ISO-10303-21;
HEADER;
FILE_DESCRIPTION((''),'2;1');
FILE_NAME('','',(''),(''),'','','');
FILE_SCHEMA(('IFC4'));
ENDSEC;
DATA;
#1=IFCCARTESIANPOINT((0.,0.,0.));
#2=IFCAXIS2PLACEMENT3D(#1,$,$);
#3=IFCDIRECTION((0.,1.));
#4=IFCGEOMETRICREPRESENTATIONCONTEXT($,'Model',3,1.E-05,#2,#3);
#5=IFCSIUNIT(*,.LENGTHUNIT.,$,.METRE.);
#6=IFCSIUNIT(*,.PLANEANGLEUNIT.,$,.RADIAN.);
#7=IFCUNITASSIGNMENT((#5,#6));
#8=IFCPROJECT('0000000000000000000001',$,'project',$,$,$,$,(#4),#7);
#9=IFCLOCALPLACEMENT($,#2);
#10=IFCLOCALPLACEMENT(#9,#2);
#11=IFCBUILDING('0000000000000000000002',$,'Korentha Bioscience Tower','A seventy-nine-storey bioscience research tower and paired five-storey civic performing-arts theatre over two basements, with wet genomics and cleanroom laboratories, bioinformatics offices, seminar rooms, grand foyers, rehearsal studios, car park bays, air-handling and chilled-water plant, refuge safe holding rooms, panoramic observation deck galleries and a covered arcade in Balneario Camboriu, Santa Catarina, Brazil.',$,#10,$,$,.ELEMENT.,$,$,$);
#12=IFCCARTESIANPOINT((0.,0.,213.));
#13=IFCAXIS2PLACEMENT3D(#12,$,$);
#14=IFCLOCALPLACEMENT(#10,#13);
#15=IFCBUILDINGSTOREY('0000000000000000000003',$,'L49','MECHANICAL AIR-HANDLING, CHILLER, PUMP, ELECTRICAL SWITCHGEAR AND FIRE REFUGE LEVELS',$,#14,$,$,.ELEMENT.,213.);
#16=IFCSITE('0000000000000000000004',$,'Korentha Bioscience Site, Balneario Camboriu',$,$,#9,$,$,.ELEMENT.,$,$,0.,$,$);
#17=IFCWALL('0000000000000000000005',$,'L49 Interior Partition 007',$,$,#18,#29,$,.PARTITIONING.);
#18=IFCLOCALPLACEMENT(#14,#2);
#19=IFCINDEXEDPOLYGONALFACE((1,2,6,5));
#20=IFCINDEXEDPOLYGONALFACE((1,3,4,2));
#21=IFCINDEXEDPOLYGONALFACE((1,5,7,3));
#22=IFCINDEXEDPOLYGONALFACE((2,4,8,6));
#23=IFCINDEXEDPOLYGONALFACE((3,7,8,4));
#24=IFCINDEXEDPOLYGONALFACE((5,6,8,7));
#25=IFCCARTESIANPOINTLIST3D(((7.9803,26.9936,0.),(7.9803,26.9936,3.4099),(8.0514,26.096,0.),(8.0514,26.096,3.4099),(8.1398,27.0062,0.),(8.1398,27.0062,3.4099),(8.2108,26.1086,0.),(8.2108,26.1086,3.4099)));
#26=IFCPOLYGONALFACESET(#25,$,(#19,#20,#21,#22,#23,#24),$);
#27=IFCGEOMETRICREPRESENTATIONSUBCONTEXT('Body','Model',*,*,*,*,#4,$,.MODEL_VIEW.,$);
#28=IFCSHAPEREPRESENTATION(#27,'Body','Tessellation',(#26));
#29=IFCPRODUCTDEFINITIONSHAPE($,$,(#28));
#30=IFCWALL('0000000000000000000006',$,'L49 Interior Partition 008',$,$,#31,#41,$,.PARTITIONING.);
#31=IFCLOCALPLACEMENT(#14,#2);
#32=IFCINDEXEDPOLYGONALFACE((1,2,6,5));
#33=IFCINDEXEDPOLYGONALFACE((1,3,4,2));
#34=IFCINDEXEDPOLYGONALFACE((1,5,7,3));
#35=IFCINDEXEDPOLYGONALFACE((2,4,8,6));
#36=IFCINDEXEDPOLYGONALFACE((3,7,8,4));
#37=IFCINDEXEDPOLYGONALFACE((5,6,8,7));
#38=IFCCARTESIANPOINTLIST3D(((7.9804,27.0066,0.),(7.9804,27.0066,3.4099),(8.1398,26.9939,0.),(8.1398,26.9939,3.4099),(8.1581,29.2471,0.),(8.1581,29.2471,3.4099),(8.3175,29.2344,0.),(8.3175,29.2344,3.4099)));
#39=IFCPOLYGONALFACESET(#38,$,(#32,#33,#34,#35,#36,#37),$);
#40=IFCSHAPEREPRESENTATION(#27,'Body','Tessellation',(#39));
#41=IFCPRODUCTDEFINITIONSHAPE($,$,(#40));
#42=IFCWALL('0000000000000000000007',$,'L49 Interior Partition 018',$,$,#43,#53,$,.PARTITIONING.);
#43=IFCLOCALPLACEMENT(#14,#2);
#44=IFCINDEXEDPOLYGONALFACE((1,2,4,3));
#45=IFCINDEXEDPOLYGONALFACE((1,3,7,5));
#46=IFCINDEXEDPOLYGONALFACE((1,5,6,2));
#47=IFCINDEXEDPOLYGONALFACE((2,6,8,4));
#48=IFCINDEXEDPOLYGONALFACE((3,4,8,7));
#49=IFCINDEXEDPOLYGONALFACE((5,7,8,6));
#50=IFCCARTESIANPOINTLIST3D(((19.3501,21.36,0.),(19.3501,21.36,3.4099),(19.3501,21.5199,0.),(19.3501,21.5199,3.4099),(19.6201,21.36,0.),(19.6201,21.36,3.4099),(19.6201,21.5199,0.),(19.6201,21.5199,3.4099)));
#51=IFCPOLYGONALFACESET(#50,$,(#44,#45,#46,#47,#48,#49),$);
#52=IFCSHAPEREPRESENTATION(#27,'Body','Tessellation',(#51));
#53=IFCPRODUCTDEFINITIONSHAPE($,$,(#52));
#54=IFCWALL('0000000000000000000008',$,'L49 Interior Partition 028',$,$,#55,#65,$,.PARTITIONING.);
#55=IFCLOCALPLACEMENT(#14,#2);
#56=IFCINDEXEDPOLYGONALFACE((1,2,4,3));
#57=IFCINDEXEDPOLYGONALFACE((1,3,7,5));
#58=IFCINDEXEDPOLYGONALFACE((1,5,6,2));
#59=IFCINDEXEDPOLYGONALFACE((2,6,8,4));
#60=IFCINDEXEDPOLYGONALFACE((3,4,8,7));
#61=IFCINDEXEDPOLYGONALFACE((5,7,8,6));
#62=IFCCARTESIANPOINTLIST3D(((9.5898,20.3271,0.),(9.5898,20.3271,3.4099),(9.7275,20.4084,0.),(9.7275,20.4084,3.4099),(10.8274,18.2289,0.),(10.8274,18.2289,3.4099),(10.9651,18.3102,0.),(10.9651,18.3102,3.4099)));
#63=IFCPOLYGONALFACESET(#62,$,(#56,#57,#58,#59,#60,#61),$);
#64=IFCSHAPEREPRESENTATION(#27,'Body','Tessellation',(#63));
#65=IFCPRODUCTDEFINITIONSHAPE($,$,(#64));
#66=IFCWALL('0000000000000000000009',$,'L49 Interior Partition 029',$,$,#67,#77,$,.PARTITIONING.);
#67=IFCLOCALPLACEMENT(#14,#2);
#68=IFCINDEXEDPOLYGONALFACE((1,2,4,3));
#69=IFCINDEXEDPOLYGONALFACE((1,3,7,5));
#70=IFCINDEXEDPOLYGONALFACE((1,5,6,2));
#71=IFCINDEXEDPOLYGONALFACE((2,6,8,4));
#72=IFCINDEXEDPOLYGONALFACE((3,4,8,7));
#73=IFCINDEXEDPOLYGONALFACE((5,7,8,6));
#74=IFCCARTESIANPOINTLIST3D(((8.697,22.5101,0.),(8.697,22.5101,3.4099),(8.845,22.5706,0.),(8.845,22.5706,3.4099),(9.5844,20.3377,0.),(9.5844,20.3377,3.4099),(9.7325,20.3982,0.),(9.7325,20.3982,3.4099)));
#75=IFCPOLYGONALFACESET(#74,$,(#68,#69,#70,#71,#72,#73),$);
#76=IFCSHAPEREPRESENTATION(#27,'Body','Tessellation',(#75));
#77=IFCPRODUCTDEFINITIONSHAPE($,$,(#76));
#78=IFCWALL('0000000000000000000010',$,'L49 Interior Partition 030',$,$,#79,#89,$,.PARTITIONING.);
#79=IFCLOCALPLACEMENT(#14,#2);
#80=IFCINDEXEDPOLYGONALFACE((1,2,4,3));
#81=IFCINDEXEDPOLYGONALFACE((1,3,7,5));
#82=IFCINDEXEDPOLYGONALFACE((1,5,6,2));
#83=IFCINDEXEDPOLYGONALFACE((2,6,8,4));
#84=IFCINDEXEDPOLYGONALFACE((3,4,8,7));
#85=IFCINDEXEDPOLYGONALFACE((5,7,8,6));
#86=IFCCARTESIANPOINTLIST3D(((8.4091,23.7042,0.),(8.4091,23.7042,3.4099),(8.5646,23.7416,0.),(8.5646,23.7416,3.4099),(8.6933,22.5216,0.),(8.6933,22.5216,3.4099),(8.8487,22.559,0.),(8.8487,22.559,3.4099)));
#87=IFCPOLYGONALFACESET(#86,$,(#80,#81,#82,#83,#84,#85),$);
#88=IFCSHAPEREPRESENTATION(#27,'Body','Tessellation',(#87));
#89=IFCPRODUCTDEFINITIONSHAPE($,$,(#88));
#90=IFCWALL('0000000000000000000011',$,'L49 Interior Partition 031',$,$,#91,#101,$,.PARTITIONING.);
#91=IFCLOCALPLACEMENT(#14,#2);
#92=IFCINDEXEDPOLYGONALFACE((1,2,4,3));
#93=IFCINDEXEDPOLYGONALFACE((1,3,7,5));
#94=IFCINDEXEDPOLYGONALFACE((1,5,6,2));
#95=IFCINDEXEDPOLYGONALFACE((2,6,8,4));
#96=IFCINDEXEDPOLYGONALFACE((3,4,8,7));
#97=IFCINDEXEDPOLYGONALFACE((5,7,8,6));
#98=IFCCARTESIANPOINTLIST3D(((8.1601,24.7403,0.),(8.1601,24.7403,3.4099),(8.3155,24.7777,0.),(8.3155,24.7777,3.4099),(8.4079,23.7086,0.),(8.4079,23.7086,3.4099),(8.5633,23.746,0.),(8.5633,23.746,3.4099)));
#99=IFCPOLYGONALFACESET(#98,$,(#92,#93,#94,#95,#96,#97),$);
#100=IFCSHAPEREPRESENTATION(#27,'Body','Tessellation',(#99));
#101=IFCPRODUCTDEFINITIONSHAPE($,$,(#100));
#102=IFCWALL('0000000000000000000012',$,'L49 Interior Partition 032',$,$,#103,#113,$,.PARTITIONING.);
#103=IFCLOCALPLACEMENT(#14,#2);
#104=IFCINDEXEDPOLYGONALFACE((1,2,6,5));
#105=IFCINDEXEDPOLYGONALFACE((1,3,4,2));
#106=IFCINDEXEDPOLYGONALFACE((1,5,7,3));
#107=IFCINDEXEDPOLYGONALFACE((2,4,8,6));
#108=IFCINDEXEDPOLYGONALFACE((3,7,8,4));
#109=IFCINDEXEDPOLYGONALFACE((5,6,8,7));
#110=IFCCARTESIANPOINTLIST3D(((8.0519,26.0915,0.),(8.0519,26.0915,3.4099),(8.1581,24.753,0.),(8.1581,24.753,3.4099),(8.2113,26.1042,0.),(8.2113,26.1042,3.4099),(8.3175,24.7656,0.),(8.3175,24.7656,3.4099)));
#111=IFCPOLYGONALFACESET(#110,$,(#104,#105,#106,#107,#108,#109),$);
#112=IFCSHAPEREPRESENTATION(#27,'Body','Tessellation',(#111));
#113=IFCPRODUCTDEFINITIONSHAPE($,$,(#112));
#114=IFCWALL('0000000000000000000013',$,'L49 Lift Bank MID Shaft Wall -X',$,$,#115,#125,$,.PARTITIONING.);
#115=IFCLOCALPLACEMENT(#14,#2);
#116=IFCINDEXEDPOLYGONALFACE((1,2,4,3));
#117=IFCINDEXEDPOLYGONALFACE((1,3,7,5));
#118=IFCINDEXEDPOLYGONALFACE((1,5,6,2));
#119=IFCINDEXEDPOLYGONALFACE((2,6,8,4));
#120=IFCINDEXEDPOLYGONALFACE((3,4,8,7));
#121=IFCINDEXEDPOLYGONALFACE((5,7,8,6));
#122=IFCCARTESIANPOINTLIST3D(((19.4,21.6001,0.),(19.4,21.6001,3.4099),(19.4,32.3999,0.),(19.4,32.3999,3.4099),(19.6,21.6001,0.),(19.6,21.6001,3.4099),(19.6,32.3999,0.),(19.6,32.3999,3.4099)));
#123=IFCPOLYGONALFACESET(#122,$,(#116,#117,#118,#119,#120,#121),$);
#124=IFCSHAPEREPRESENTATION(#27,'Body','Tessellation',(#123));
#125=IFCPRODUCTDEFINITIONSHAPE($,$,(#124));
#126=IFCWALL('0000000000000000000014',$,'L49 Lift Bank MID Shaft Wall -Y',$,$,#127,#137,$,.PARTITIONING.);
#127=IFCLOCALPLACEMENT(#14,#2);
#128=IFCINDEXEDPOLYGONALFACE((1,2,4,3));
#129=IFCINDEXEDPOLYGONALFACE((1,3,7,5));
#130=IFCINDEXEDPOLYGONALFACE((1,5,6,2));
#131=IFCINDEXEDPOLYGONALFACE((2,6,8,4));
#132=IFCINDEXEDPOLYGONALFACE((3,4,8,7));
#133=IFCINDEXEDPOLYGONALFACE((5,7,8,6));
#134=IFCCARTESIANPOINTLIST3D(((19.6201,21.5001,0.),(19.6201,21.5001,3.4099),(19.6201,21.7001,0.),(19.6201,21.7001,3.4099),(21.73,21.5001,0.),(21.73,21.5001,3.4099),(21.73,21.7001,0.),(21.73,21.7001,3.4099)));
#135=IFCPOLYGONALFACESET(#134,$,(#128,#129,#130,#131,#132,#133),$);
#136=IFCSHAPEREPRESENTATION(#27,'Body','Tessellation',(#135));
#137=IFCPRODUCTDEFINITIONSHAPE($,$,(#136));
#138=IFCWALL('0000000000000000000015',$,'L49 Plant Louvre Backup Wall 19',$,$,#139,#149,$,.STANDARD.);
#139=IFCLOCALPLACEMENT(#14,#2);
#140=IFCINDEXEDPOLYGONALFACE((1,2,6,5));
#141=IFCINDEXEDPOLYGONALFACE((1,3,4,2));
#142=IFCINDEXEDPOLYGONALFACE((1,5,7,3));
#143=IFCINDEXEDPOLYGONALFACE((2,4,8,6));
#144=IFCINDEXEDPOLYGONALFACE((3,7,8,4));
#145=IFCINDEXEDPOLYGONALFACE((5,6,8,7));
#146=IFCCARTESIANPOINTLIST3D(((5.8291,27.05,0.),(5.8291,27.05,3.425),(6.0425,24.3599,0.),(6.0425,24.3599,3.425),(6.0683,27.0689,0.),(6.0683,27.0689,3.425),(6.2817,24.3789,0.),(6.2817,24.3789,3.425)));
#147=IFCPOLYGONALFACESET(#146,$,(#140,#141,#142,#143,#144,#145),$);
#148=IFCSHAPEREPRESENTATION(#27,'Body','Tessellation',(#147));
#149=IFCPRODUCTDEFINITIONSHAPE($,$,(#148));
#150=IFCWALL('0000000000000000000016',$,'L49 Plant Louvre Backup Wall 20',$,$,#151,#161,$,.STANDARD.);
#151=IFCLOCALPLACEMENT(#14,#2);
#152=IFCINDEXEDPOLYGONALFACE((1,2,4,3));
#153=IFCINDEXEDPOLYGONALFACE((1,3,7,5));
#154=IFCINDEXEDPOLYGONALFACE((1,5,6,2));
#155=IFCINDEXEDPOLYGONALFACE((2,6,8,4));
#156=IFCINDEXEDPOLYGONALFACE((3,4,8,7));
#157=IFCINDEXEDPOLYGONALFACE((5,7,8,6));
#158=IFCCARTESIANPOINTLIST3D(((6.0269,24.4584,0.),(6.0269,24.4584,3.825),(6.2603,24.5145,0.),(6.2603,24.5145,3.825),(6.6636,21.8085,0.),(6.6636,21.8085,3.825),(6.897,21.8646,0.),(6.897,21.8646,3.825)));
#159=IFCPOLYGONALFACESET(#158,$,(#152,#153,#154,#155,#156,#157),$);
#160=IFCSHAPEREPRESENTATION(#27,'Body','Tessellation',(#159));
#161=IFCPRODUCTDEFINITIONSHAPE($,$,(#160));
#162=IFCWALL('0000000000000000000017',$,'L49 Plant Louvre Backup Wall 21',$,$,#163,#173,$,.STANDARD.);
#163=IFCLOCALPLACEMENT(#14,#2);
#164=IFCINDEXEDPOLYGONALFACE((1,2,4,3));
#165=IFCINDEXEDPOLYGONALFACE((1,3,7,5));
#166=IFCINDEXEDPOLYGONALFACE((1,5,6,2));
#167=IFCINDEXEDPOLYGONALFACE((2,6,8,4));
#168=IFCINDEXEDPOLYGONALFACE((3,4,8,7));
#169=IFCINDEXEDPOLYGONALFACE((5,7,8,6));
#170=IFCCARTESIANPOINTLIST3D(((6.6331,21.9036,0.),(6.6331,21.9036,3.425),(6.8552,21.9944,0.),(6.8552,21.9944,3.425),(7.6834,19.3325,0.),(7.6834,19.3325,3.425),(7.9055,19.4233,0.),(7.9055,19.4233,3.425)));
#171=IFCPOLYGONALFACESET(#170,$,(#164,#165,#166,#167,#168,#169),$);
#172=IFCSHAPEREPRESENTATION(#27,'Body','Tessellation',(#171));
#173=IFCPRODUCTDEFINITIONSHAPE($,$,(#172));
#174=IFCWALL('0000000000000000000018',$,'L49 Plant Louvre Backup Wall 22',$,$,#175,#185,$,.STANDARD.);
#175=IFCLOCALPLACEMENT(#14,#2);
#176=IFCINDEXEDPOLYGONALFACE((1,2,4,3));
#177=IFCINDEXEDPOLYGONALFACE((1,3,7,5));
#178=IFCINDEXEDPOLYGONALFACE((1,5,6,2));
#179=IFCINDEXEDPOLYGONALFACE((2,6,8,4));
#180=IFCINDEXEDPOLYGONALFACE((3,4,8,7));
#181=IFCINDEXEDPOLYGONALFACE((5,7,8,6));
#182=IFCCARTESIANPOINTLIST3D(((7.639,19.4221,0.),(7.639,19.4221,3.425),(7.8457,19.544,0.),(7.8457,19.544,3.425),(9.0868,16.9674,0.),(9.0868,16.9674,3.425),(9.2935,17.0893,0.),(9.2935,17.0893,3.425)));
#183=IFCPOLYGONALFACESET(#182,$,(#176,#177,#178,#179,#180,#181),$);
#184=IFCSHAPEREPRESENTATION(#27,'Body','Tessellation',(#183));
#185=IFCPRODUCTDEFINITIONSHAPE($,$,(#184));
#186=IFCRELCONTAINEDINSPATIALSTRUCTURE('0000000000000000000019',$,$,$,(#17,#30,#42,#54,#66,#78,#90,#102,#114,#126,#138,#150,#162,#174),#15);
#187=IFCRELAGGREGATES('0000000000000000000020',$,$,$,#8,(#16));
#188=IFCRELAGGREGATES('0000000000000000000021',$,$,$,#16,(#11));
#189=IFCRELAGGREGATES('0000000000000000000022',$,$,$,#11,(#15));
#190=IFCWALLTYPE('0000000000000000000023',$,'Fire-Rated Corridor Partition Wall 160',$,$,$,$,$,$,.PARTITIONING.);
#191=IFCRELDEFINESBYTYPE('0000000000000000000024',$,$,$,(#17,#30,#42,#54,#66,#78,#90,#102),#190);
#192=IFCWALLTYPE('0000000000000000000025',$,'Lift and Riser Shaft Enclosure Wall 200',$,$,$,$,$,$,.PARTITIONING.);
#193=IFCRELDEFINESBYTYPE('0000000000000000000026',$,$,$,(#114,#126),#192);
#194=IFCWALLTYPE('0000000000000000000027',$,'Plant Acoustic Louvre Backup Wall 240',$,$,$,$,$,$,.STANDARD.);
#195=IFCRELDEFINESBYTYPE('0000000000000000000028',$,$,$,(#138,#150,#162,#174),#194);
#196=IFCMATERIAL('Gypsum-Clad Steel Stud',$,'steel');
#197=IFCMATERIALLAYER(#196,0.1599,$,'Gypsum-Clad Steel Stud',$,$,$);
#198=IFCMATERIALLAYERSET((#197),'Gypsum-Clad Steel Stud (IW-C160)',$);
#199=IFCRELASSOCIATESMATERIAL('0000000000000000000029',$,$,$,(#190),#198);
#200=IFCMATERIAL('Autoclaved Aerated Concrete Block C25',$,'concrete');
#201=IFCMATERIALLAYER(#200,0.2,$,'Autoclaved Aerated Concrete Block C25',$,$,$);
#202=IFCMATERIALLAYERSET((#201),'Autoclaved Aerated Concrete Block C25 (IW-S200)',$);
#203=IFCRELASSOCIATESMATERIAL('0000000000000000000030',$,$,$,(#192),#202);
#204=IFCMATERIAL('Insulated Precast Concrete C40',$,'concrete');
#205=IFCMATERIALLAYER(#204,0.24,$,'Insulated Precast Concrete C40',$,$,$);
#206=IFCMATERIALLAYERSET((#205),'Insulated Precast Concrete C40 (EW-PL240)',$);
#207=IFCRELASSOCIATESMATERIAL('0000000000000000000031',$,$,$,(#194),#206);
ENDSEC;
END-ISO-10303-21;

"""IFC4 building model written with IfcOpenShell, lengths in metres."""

from ifc_helpers import new_model, si_unit, direction, frame, frame_2d, origin, place, context, subcontext, project, spatial, rectangle, extrude, material, layer, layer_set, type_object, element, save


model = new_model("IFC4")

# Units and contexts
model_context = context("Model", 3, precision=1e-05, world=origin(), true_north=direction((0.0, 1.0)))
body_context = subcontext(model_context, "Body", "Model", "MODEL_VIEW")
ifc_project = project(units=[si_unit("LENGTHUNIT", "METRE"), si_unit("PLANEANGLEUNIT", "RADIAN")], contexts=[model_context])

# Site, building, storey
site_placement = place(None, origin())
site = spatial("IfcSite", under=ifc_project, at=site_placement, Name="Korentha Bioscience Site, Balneario Camboriu", CompositionType="ELEMENT", RefElevation=0.0)
building_placement = place(site_placement, origin())
building = spatial("IfcBuilding", under=site, at=building_placement, Name="Korentha Bioscience Tower", Description="A seventy-nine-storey bioscience research tower and paired five-storey civic performing-arts theatre over two basements, with wet genomics and cleanroom laboratories, bioinformatics offices, seminar rooms, grand foyers, rehearsal studios, car park bays, air-handling and chilled-water plant, refuge safe holding rooms, panoramic observation deck galleries and a covered arcade in Balneario Camboriu, Santa Catarina, Brazil.", CompositionType="ELEMENT")
storey_placement = place(building_placement, frame((0.0, 0.0, 213.0)))
storey = spatial("IfcBuildingStorey", under=building, at=storey_placement, Name="L49", Description="MECHANICAL AIR-HANDLING, CHILLER, PUMP, ELECTRICAL SWITCHGEAR AND FIRE REFUGE LEVELS", CompositionType="ELEMENT", Elevation=213.0)

# Walls
ifc_material_1 = material(Name="Gypsum-Clad Steel Stud", Category="steel")
ifc_layer_1 = layer(ifc_material_1, 0.1599, Name="Gypsum-Clad Steel Stud")
ifc_layer_set_1 = layer_set([ifc_layer_1], Name="Gypsum-Clad Steel Stud (IW-C160)")
wall_type_1 = type_object("IfcWallType", Name="Fire-Rated Corridor Partition Wall 160", PredefinedType="PARTITIONING", material=ifc_layer_set_1)
wall_1_placement = place(storey_placement, frame((8.1311, 26.1023, 0.0), z_axis=(0.0, 0.0, 1.0), x_axis=(-0.078915, 0.996881, 0.0)))
element("IfcWall", 1, at=wall_1_placement, inside=storey, type_object=wall_type_1, Name="L49 Interior Partition 007", PredefinedType="PARTITIONING", context=body_context, shape_type="SweptSolid", body=[
    extrude(rectangle(XDim=0.9004, YDim=0.1599, at=frame_2d((0.4502, 0.0))), origin(), (0.0, 0.0, 1.0), 3.4099),
])
wall_2_placement = place(storey_placement, frame((8.0601, 27.0002, 0.0), z_axis=(0.0, 0.0, 1.0), x_axis=(0.07908, 0.996868, 0.0)))
element("IfcWall", 2, at=wall_2_placement, inside=storey, type_object=wall_type_1, Name="L49 Interior Partition 008", PredefinedType="PARTITIONING", context=body_context, shape_type="SweptSolid", body=[
    extrude(rectangle(XDim=2.2476, YDim=0.1599, at=frame_2d((1.1238, 0.0))), origin(), (0.0, 0.0, 1.0), 3.4099),
])
wall_3_placement = place(storey_placement, frame((19.3501, 21.4399, 0.0), z_axis=(0.0, 0.0, 1.0), x_axis=(1.0, 0.0, 0.0)))
element("IfcWall", 3, at=wall_3_placement, inside=storey, type_object=wall_type_1, Name="L49 Interior Partition 018", PredefinedType="PARTITIONING", context=body_context, shape_type="SweptSolid", body=[
    extrude(rectangle(XDim=0.27, YDim=0.1599, at=frame_2d((0.135, 0.0))), origin(), (0.0, 0.0, 1.0), 3.4099),
])
wall_4_placement = place(storey_placement, frame((10.8962, 18.2695, 0.0), z_axis=(0.0, 0.0, 1.0), x_axis=(-0.50804, 0.861333, 0.0)))
element("IfcWall", 4, at=wall_4_placement, inside=storey, type_object=wall_type_1, Name="L49 Interior Partition 028", PredefinedType="PARTITIONING", context=body_context, shape_type="SweptSolid", body=[
    extrude(rectangle(XDim=2.436, YDim=0.1599, at=frame_2d((1.218, 0.0))), origin(), (0.0, 0.0, 1.0), 3.4099),
])
wall_5_placement = place(storey_placement, frame((9.6584, 20.3679, 0.0), z_axis=(0.0, 0.0, 1.0), x_axis=(-0.378179, 0.925732, 0.0)))
element("IfcWall", 5, at=wall_5_placement, inside=storey, type_object=wall_type_1, Name="L49 Interior Partition 029", PredefinedType="PARTITIONING", context=body_context, shape_type="SweptSolid", body=[
    extrude(rectangle(XDim=2.3467, YDim=0.1599, at=frame_2d((1.1733, 0.0))), origin(), (0.0, 0.0, 1.0), 3.4099),
])
wall_6_placement = place(storey_placement, frame((8.771, 22.5403, 0.0), z_axis=(0.0, 0.0, 1.0), x_axis=(-0.233646, 0.972322, 0.0)))
element("IfcWall", 6, at=wall_6_placement, inside=storey, type_object=wall_type_1, Name="L49 Interior Partition 030", PredefinedType="PARTITIONING", context=body_context, shape_type="SweptSolid", body=[
    extrude(rectangle(XDim=1.2163, YDim=0.1599, at=frame_2d((0.6082, 0.0))), origin(), (0.0, 0.0, 1.0), 3.4099),
])
wall_7_placement = place(storey_placement, frame((8.4856, 23.7273, 0.0), z_axis=(0.0, 0.0, 1.0), x_axis=(-0.233538, 0.972348, 0.0)))
element("IfcWall", 7, at=wall_7_placement, inside=storey, type_object=wall_type_1, Name="L49 Interior Partition 031", PredefinedType="PARTITIONING", context=body_context, shape_type="SweptSolid", body=[
    extrude(rectangle(XDim=1.061, YDim=0.1599, at=frame_2d((0.5305, 0.0))), origin(), (0.0, 0.0, 1.0), 3.4099),
])
wall_8_placement = place(storey_placement, frame((8.2378, 24.7593, 0.0), z_axis=(0.0, 0.0, 1.0), x_axis=(-0.079088, 0.996868, 0.0)))
element("IfcWall", 8, at=wall_8_placement, inside=storey, type_object=wall_type_1, Name="L49 Interior Partition 032", PredefinedType="PARTITIONING", context=body_context, shape_type="SweptSolid", body=[
    extrude(rectangle(XDim=1.3428, YDim=0.1599, at=frame_2d((0.6714, 0.0))), origin(), (0.0, 0.0, 1.0), 3.4099),
])
ifc_material_2 = material(Name="Autoclaved Aerated Concrete Block C25", Category="concrete")
ifc_layer_2 = layer(ifc_material_2, 0.2, Name="Autoclaved Aerated Concrete Block C25")
ifc_layer_set_2 = layer_set([ifc_layer_2], Name="Autoclaved Aerated Concrete Block C25 (IW-S200)")
wall_type_2 = type_object("IfcWallType", Name="Lift and Riser Shaft Enclosure Wall 200", PredefinedType="PARTITIONING", material=ifc_layer_set_2)
wall_9_placement = place(storey_placement, frame((19.5, 21.6001, 0.0), z_axis=(0.0, 0.0, 1.0), x_axis=(0.0, 1.0, 0.0)))
element("IfcWall", 9, at=wall_9_placement, inside=storey, type_object=wall_type_2, Name="L49 Lift Bank MID Shaft Wall -X", PredefinedType="PARTITIONING", context=body_context, shape_type="SweptSolid", body=[
    extrude(rectangle(XDim=10.7998, YDim=0.2, at=frame_2d((5.3999, 0.0))), origin(), (0.0, 0.0, 1.0), 3.4099),
])
wall_10_placement = place(storey_placement, frame((19.6201, 21.6001, 0.0), z_axis=(0.0, 0.0, 1.0), x_axis=(1.0, 0.0, 0.0)))
element("IfcWall", 10, at=wall_10_placement, inside=storey, type_object=wall_type_2, Name="L49 Lift Bank MID Shaft Wall -Y", PredefinedType="PARTITIONING", context=body_context, shape_type="SweptSolid", body=[
    extrude(rectangle(XDim=2.1099, YDim=0.2, at=frame_2d((1.0549, 0.0))), origin(), (0.0, 0.0, 1.0), 3.4099),
])
ifc_material_3 = material(Name="Insulated Precast Concrete C40", Category="concrete")
ifc_layer_3 = layer(ifc_material_3, 0.24, Name="Insulated Precast Concrete C40")
ifc_layer_set_3 = layer_set([ifc_layer_3], Name="Insulated Precast Concrete C40 (EW-PL240)")
wall_type_3 = type_object("IfcWallType", Name="Plant Acoustic Louvre Backup Wall 240", PredefinedType="STANDARD", material=ifc_layer_set_3)
wall_11_placement = place(storey_placement, frame((5.9487, 27.0593, 0.0), z_axis=(0.0, 0.0, 1.0), x_axis=(0.079076, -0.996869, 0.0)))
element("IfcWall", 11, at=wall_11_placement, inside=storey, type_object=wall_type_3, Name="L49 Plant Louvre Backup Wall 19", PredefinedType="STANDARD", context=body_context, shape_type="SweptSolid", body=[
    extrude(rectangle(XDim=2.6985, YDim=0.24, at=frame_2d((1.3491, 0.0))), origin(), (0.0, 0.0, 1.0), 3.425),
])
wall_12_placement = place(storey_placement, frame((6.1436, 24.4866, 0.0), z_axis=(0.0, 0.0, 1.0), x_axis=(0.23363, -0.972325, 0.0)))
element("IfcWall", 12, at=wall_12_placement, inside=storey, type_object=wall_type_3, Name="L49 Plant Louvre Backup Wall 20", PredefinedType="STANDARD", context=body_context, shape_type="SweptSolid", body=[
    extrude(rectangle(XDim=2.7253, YDim=0.24, at=frame_2d((1.3628, 0.0))), origin(), (0.0, 0.0, 1.0), 3.825),
])
wall_13_placement = place(storey_placement, frame((6.7441, 21.949, 0.0), z_axis=(0.0, 0.0, 1.0), x_axis=(0.378171, -0.925736, 0.0)))
element("IfcWall", 13, at=wall_13_placement, inside=storey, type_object=wall_type_3, Name="L49 Plant Louvre Backup Wall 21", PredefinedType="STANDARD", context=body_context, shape_type="SweptSolid", body=[
    extrude(rectangle(XDim=2.7773, YDim=0.24, at=frame_2d((1.3887, 0.0))), origin(), (0.0, 0.0, 1.0), 3.425),
])
wall_14_placement = place(storey_placement, frame((7.7424, 19.4829, 0.0), z_axis=(0.0, 0.0, 1.0), x_axis=(0.508031, -0.861339, 0.0)))
element("IfcWall", 14, at=wall_14_placement, inside=storey, type_object=wall_type_3, Name="L49 Plant Louvre Backup Wall 22", PredefinedType="STANDARD", context=body_context, shape_type="SweptSolid", body=[
    extrude(rectangle(XDim=2.8499, YDim=0.24, at=frame_2d((1.4248, 0.0))), origin(), (0.0, 0.0, 1.0), 3.425),
])

save(model, "model.ifc")
